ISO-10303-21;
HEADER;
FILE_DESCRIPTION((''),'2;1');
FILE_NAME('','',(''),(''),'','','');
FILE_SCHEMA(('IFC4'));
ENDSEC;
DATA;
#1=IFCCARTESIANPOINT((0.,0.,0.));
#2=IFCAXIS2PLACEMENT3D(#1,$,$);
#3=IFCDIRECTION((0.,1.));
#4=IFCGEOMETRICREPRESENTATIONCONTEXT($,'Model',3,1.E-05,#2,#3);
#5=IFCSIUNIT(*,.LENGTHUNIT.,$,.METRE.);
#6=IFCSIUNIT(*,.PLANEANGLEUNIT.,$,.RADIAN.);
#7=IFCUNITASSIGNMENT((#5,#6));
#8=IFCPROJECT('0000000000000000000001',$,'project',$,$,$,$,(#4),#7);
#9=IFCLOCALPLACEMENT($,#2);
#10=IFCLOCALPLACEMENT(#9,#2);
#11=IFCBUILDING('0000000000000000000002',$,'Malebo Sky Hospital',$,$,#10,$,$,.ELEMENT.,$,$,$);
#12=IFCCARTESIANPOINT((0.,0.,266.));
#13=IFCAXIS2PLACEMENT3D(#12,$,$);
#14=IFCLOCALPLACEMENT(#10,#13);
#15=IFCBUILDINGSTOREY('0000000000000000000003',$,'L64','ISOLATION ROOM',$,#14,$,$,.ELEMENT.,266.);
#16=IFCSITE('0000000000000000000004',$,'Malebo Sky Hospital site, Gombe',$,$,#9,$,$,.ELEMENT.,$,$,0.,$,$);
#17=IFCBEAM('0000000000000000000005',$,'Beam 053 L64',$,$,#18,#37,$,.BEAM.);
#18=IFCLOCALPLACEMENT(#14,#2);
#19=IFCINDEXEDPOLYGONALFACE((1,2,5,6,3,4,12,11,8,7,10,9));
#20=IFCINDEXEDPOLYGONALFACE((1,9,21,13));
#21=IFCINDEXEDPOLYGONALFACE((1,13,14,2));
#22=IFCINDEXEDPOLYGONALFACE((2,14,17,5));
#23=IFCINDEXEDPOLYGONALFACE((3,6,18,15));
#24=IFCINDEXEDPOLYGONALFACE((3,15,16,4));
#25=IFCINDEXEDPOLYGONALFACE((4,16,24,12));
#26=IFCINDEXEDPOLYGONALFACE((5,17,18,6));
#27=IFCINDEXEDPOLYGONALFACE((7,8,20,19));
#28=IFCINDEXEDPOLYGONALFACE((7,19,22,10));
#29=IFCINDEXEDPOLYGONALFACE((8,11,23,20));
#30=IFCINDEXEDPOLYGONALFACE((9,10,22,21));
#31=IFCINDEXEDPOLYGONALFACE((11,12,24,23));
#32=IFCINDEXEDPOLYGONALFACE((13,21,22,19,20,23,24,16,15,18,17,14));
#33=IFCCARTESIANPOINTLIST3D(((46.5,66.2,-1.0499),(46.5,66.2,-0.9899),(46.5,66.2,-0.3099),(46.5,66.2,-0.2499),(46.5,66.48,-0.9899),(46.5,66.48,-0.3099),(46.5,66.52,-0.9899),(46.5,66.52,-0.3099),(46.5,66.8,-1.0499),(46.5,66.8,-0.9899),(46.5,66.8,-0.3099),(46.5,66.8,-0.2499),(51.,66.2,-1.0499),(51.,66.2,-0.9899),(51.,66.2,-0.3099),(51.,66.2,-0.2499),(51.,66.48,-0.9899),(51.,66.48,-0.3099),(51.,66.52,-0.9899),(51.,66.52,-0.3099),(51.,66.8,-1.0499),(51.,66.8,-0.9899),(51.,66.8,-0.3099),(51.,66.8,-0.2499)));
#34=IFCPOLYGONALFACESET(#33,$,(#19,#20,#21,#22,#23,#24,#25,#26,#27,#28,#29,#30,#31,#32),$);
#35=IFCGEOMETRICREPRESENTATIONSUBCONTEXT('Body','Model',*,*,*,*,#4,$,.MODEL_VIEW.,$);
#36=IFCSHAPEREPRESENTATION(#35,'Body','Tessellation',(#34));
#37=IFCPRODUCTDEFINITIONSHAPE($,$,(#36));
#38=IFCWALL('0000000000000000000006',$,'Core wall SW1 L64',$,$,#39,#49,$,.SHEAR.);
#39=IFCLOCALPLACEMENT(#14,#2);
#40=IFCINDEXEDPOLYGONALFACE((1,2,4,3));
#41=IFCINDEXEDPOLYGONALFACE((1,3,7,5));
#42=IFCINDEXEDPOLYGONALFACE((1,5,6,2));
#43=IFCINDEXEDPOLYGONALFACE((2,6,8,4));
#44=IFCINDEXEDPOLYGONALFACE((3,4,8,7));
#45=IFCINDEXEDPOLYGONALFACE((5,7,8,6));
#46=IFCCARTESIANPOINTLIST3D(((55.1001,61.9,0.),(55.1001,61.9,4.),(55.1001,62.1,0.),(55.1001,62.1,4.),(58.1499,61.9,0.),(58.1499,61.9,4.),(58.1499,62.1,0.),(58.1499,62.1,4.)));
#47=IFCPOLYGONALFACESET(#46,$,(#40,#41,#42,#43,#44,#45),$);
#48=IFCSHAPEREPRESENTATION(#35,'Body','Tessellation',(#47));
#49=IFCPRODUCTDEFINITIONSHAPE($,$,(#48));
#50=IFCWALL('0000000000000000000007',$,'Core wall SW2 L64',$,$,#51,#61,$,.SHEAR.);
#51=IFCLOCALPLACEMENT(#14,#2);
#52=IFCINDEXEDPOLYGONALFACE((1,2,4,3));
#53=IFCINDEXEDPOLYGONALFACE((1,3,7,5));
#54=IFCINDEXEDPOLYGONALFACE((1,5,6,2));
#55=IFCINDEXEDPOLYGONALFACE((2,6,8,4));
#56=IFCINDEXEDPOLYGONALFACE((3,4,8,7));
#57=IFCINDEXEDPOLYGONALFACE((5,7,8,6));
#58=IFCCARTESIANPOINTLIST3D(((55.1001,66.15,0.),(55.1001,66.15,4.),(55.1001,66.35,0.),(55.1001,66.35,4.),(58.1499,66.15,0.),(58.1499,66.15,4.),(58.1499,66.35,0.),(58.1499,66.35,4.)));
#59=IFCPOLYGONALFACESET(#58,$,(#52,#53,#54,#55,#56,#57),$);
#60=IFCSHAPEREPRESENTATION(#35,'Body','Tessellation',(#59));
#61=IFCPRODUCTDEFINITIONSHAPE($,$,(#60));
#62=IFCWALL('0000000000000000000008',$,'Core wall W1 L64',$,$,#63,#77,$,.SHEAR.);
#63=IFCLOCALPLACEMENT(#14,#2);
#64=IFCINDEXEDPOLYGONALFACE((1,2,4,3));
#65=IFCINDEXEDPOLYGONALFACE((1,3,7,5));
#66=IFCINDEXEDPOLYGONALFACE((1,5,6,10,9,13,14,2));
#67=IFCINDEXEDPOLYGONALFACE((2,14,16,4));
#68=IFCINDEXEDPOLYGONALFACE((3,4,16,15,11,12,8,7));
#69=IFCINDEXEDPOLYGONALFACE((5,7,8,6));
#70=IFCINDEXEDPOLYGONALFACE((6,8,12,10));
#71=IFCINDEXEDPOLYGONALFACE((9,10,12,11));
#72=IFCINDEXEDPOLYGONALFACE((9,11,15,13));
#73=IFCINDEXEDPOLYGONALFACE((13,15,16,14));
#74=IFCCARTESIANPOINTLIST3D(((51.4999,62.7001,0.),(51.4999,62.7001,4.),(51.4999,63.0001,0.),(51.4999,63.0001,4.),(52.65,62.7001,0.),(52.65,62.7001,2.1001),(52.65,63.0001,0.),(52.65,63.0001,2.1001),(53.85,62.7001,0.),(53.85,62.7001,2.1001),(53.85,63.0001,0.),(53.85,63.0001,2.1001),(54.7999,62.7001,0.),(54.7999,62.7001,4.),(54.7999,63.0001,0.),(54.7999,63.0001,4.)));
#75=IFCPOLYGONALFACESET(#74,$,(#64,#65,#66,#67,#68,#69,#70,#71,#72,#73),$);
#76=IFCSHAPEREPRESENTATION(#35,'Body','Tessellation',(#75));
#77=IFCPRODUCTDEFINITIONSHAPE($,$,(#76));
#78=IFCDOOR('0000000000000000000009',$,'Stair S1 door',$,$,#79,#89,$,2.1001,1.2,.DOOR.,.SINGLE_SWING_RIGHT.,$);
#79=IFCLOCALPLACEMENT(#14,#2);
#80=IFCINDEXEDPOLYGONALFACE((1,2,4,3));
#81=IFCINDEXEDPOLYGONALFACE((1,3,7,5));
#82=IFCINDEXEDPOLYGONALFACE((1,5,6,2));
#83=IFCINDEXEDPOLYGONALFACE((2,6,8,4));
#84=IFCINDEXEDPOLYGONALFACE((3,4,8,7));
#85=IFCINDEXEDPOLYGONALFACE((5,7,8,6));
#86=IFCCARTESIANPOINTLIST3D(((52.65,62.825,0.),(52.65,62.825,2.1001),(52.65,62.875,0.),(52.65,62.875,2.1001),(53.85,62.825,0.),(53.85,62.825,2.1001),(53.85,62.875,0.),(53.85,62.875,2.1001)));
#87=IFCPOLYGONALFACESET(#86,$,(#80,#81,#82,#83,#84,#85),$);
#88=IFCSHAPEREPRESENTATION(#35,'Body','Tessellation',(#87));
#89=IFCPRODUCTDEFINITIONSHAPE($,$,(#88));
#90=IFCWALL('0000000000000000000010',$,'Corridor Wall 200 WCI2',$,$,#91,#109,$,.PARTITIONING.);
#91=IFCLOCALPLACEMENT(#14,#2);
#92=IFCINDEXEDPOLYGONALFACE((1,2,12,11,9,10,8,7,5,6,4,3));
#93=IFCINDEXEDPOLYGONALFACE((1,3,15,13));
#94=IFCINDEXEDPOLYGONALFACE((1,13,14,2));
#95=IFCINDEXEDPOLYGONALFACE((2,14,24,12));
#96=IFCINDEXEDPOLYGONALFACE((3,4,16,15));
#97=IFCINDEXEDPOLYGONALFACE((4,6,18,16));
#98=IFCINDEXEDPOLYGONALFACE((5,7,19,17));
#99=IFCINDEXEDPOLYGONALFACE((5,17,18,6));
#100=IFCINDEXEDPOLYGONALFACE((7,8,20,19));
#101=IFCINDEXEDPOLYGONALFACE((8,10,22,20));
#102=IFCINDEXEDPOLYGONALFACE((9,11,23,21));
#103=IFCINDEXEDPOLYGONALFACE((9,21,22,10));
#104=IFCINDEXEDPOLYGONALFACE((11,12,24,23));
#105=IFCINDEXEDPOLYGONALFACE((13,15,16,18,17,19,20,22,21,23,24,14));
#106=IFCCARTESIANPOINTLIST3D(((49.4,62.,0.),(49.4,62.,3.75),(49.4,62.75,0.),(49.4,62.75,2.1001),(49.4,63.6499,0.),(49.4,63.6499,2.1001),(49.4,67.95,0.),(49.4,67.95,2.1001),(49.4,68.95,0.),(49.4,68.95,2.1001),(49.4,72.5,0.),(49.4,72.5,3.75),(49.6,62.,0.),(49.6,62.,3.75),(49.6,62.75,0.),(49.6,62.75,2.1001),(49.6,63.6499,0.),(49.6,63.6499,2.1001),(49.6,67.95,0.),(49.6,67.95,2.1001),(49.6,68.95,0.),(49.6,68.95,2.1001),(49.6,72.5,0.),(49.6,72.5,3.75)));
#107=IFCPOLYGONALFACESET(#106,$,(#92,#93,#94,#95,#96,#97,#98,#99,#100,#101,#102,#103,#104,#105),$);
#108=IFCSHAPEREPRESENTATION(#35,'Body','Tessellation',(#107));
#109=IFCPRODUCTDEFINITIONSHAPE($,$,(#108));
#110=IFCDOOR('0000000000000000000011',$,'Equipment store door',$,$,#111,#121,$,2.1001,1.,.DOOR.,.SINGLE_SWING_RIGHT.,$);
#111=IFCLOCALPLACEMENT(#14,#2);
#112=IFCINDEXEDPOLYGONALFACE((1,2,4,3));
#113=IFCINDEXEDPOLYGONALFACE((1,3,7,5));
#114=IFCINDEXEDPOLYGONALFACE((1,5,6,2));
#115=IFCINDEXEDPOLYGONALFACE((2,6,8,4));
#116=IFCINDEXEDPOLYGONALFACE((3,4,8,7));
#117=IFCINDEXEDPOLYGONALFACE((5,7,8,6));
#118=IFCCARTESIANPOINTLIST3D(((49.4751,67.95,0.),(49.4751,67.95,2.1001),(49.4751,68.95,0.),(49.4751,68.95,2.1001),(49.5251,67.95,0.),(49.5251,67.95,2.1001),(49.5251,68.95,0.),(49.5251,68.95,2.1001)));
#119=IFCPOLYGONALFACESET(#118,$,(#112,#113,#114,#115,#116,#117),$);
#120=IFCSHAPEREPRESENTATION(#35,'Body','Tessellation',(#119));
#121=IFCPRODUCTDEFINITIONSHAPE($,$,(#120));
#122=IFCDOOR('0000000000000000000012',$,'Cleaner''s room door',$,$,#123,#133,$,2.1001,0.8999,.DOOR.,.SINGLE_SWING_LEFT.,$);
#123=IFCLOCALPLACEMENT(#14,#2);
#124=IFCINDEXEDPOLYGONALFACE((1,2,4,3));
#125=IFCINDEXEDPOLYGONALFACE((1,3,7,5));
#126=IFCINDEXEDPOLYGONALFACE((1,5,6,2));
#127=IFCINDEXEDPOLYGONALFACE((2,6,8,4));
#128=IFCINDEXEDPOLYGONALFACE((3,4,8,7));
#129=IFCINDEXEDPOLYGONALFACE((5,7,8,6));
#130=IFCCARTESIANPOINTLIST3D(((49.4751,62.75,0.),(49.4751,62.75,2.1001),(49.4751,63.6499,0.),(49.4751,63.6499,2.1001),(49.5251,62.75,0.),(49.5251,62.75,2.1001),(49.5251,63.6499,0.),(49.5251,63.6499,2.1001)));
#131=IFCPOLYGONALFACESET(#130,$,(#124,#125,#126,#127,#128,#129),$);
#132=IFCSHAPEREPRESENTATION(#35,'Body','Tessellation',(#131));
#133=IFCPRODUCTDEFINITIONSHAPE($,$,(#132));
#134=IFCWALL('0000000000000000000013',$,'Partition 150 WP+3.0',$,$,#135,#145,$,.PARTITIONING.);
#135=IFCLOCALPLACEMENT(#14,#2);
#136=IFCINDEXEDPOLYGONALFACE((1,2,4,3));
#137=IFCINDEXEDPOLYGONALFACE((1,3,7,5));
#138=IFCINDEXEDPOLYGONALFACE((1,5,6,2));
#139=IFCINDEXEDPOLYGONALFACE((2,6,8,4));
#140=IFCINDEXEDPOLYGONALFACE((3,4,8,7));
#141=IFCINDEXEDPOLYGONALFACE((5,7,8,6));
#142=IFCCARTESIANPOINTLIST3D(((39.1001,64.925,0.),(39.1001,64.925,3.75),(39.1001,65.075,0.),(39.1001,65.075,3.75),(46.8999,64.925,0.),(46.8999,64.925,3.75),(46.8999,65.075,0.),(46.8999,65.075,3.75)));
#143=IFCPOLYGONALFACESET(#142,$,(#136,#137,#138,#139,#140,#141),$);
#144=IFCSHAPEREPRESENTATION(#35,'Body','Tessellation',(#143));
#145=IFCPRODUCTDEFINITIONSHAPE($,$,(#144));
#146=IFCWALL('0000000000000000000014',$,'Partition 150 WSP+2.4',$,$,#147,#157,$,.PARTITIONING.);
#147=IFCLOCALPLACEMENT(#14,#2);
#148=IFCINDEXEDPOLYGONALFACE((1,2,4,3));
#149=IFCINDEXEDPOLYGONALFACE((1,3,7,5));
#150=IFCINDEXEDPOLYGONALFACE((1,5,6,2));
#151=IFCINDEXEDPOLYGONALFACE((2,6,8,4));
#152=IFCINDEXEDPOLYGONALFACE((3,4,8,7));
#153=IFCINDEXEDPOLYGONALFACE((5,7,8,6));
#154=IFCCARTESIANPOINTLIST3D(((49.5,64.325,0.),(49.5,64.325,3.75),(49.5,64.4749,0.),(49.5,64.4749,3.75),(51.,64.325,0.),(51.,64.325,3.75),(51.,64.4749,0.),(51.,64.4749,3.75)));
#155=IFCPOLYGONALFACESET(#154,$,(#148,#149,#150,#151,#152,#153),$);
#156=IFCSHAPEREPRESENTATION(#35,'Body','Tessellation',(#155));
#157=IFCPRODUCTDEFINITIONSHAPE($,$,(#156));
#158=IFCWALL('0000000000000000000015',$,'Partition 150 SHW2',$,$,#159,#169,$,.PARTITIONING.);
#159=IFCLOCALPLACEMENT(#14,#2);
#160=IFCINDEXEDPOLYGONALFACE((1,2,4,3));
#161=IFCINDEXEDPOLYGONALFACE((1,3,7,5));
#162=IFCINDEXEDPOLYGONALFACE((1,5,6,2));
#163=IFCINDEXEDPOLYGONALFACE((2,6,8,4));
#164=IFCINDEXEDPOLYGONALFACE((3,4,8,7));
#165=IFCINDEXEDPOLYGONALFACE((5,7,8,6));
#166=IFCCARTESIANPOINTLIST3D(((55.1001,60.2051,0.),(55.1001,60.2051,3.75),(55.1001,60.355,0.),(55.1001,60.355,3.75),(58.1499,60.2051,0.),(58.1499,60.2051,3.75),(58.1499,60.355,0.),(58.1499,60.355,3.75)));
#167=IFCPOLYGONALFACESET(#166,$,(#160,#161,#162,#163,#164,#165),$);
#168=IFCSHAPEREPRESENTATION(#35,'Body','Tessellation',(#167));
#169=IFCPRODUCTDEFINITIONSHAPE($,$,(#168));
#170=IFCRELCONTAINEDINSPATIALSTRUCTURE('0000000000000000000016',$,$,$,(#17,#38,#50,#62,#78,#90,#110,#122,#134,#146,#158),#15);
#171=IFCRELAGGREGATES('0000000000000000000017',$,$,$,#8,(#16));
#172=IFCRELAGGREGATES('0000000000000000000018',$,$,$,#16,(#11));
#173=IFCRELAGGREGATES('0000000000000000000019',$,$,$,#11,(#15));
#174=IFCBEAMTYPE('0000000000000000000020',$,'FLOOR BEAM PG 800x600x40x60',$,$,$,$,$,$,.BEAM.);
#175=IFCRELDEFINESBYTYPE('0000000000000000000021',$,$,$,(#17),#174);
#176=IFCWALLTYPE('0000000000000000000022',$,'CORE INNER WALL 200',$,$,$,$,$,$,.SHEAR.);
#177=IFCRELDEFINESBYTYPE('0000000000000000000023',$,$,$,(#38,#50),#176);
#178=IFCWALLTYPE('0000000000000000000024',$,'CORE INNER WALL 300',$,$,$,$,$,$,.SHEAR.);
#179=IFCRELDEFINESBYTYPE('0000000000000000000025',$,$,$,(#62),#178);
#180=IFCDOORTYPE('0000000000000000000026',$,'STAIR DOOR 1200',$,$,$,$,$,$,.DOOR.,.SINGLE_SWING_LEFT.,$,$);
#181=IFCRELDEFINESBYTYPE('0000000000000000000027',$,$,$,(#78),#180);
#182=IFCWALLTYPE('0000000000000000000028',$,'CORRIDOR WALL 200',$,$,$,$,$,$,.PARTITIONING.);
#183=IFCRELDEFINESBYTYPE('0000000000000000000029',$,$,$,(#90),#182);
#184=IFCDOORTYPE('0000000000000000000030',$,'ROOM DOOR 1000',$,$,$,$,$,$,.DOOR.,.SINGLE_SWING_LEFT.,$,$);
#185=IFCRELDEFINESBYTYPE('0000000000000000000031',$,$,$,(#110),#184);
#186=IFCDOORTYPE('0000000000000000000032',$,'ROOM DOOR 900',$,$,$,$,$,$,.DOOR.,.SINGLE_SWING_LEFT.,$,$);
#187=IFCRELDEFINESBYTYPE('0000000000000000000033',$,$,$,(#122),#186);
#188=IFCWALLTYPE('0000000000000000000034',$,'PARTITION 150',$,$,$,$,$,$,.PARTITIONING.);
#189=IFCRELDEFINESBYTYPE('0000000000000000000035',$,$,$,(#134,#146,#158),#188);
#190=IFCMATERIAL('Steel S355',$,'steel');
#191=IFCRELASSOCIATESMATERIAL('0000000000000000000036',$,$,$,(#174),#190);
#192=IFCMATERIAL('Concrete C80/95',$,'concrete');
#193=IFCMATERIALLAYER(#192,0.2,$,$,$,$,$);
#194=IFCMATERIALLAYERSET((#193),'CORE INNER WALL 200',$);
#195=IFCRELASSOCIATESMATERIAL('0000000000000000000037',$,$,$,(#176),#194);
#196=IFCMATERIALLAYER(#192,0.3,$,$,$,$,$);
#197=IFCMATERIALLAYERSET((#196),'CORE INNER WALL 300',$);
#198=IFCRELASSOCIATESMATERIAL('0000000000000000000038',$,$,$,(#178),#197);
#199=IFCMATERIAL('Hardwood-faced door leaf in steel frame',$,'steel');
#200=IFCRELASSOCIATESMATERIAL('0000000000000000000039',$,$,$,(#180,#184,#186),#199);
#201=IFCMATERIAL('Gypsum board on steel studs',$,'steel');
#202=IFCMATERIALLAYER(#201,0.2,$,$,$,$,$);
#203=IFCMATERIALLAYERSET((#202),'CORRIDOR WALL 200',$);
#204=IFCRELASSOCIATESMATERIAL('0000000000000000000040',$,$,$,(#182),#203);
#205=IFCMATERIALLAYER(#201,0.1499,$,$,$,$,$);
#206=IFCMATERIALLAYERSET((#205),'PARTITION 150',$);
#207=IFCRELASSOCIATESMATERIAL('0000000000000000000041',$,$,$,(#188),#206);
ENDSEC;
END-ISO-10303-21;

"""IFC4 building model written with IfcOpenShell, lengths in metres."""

from ifc_helpers import new_model, si_unit, direction, frame, frame_2d, origin, origin_2d, place, context, subcontext, project, spatial, rectangle, i_section, extrude, material, layer, layer_set, material_profile, profile_set, type_object, element, fill, save


model = new_model("IFC4")

# Units and contexts
model_context = context("Model", 3, precision=1e-05, world=origin(), true_north=direction((0.0, 1.0)))
body_context = subcontext(model_context, "Body", "Model", "MODEL_VIEW")
ifc_project = project(units=[si_unit("LENGTHUNIT", "METRE"), si_unit("PLANEANGLEUNIT", "RADIAN")], contexts=[model_context])

# Site, building, storey
site_placement = place(None, origin())
site = spatial("IfcSite", under=ifc_project, at=site_placement, Name="Malebo Sky Hospital site, Gombe", CompositionType="ELEMENT", RefElevation=0.0)
building_placement = place(site_placement, origin())
building = spatial("IfcBuilding", under=site, at=building_placement, Name="Malebo Sky Hospital", CompositionType="ELEMENT")
storey_placement = place(building_placement, frame((0.0, 0.0, 266.0)))
storey = spatial("IfcBuildingStorey", under=building, at=storey_placement, Name="L64", Description="ISOLATION ROOM", CompositionType="ELEMENT", Elevation=266.0)

# Beam
ifc_material_1 = material(Name="Steel S355", Category="steel")
ifc_material_profile = material_profile(ifc_material_1, i_section(OverallWidth=0.6001, OverallDepth=0.8, WebThickness=0.04, FlangeThickness=0.0601, at=origin_2d()), Name="PG 800x600x40x60")
ifc_profile_set = profile_set([ifc_material_profile], Name="Steel S355")
beam_type = type_object("IfcBeamType", Name="FLOOR BEAM PG 800x600x40x60", PredefinedType="BEAM", material=ifc_profile_set)
beam_placement = place(storey_placement, frame((46.5, 66.5, -0.6499), z_axis=(1.0, 0.0, 0.0), x_axis=(0.0, 1.0, 0.0)))
element("IfcBeam", 1, at=beam_placement, inside=storey, type_object=beam_type, Name="Beam 053 L64", PredefinedType="BEAM", context=body_context, shape_type="SweptSolid", body=[
    extrude(i_section(OverallWidth=0.6001, OverallDepth=0.8, WebThickness=0.04, FlangeThickness=0.0601, at=origin_2d()), origin(), (0.0, 0.0, 1.0), 4.5),
])

# Walls
ifc_material_2 = material(Name="Concrete C80/95", Category="concrete")
ifc_layer_1 = layer(ifc_material_2, 0.2)
ifc_layer_set_1 = layer_set([ifc_layer_1], Name="CORE INNER WALL 200")
wall_type_1 = type_object("IfcWallType", Name="CORE INNER WALL 200", PredefinedType="SHEAR", material=ifc_layer_set_1)
for number, where, z_axis, x_axis, name in (
    (2, (55.1001, 62.0, 0.0), (0.0, 0.0, 1.0), (1.0, 0.0, 0.0), "Core wall SW1 L64"),
    (3, (55.1001, 66.25, 0.0), (0.0, 0.0, 1.0), (1.0, 0.0, 0.0), "Core wall SW2 L64"),
):
    element("IfcWall", number, at=place(storey_placement, frame(where, z_axis=z_axis, x_axis=x_axis)), inside=storey, type_object=wall_type_1, Name=name, PredefinedType="SHEAR", context=body_context, shape_type="SweptSolid", body=[
        extrude(rectangle(XDim=3.0498, YDim=0.2, at=frame_2d((1.5249, 0.0))), origin(), (0.0, 0.0, 1.0), 4.0),
    ])

# Wall, opening, door
ifc_layer_2 = layer(ifc_material_2, 0.3)
ifc_layer_set_2 = layer_set([ifc_layer_2], Name="CORE INNER WALL 300")
wall_type_2 = type_object("IfcWallType", Name="CORE INNER WALL 300", PredefinedType="SHEAR", material=ifc_layer_set_2)
wall_1_placement = place(storey_placement, frame((51.5, 62.8501, 0.0), z_axis=(0.0, 0.0, 1.0), x_axis=(1.0, 0.0, 0.0)))
wall_1 = element("IfcWall", 4, at=wall_1_placement, inside=storey, type_object=wall_type_2, Name="Core wall W1 L64", PredefinedType="SHEAR", context=body_context, shape_type="SweptSolid", body=[
    extrude(rectangle(XDim=3.3, YDim=0.3, at=frame_2d((1.6499, 0.0))), origin(), (0.0, 0.0, 1.0), 4.0),
])
opening_1_placement = place(wall_1_placement, frame((1.1499, 0.0, 0.0)))
opening_1 = element("IfcOpeningElement", 5, at=opening_1_placement, cuts=wall_1, PredefinedType="OPENING", context=body_context, shape_type="SweptSolid", body=[
    extrude(rectangle(XDim=1.2, YDim=2.1001, at=frame_2d((0.6001, 1.05))), frame((0.0, 0.1599, 0.0), z_axis=(0.0, -1.0, 0.0), x_axis=(1.0, 0.0, 0.0)), (0.0, 0.0, 1.0), 0.3201),
])
ifc_material_3 = material(Name="Hardwood-faced door leaf in steel frame", Category="steel")
door_type_1 = type_object("IfcDoorType", Name="STAIR DOOR 1200", OperationType="SINGLE_SWING_LEFT", PredefinedType="DOOR", material=ifc_material_3)
door_1_placement = place(opening_1_placement, origin())
door_1 = element("IfcDoor", 6, at=door_1_placement, inside=storey, type_object=door_type_1, Name="Stair S1 door", OperationType="SINGLE_SWING_RIGHT", OverallHeight=2.1001, OverallWidth=1.2, PredefinedType="DOOR", context=body_context, shape_type="SweptSolid", body=[
    extrude(rectangle(XDim=1.2, YDim=2.1001, at=frame_2d((0.6001, 1.05))), frame((0.0, 0.0249, 0.0), z_axis=(0.0, -1.0, 0.0), x_axis=(1.0, 0.0, 0.0)), (0.0, 0.0, 1.0), 0.05),
])
fill(opening_1, door_1)

# Wall, openings, doors
ifc_material_4 = material(Name="Gypsum board on steel studs", Category="steel")
ifc_layer_3 = layer(ifc_material_4, 0.2)
ifc_layer_set_3 = layer_set([ifc_layer_3], Name="CORRIDOR WALL 200")
wall_type_3 = type_object("IfcWallType", Name="CORRIDOR WALL 200", PredefinedType="PARTITIONING", material=ifc_layer_set_3)
wall_2_placement = place(storey_placement, frame((49.5, 62.0, 0.0), z_axis=(0.0, 0.0, 1.0), x_axis=(0.0, 1.0, 0.0)))
wall_2 = element("IfcWall", 7, at=wall_2_placement, inside=storey, type_object=wall_type_3, Name="Corridor Wall 200 WCI2", PredefinedType="PARTITIONING", context=body_context, shape_type="SweptSolid", body=[
    extrude(rectangle(XDim=10.5, YDim=0.2, at=frame_2d((5.25, 0.0))), origin(), (0.0, 0.0, 1.0), 3.75),
])
opening_2_placement = place(wall_2_placement, frame((0.75, 0.0, 0.0)))
opening_2 = element("IfcOpeningElement", 8, at=opening_2_placement, cuts=wall_2, PredefinedType="OPENING", context=body_context, shape_type="SweptSolid", body=[
    extrude(rectangle(XDim=0.8999, YDim=2.1001, at=frame_2d((0.45, 1.05))), frame((0.0, 0.1099, 0.0), z_axis=(0.0, -1.0, 0.0), x_axis=(1.0, 0.0, 0.0)), (0.0, 0.0, 1.0), 0.22),
])
opening_3_placement = place(wall_2_placement, frame((5.95, 0.0, 0.0)))
opening_3 = element("IfcOpeningElement", 9, at=opening_3_placement, cuts=wall_2, PredefinedType="OPENING", context=body_context, shape_type="SweptSolid", body=[
    extrude(rectangle(XDim=1.0, YDim=2.1001, at=frame_2d((0.5, 1.05))), frame((0.0, 0.1099, 0.0), z_axis=(0.0, -1.0, 0.0), x_axis=(1.0, 0.0, 0.0)), (0.0, 0.0, 1.0), 0.22),
])
door_type_2 = type_object("IfcDoorType", Name="ROOM DOOR 1000", OperationType="SINGLE_SWING_LEFT", PredefinedType="DOOR", material=ifc_material_3)
door_2_placement = place(opening_3_placement, origin())
door_2 = element("IfcDoor", 10, at=door_2_placement, inside=storey, type_object=door_type_2, Name="Equipment store door", OperationType="SINGLE_SWING_RIGHT", OverallHeight=2.1001, OverallWidth=1.0, PredefinedType="DOOR", context=body_context, shape_type="SweptSolid", body=[
    extrude(rectangle(XDim=1.0, YDim=2.1001, at=frame_2d((0.5, 1.05))), frame((0.0, 0.0249, 0.0), z_axis=(0.0, -1.0, 0.0), x_axis=(1.0, 0.0, 0.0)), (0.0, 0.0, 1.0), 0.05),
])
fill(opening_3, door_2)
door_type_3 = type_object("IfcDoorType", Name="ROOM DOOR 900", OperationType="SINGLE_SWING_LEFT", PredefinedType="DOOR", material=ifc_material_3)
door_3_placement = place(opening_2_placement, origin())
door_3 = element("IfcDoor", 11, at=door_3_placement, inside=storey, type_object=door_type_3, Name="Cleaner's room door", OperationType="SINGLE_SWING_LEFT", OverallHeight=2.1001, OverallWidth=0.8999, PredefinedType="DOOR", context=body_context, shape_type="SweptSolid", body=[
    extrude(rectangle(XDim=0.8999, YDim=2.1001, at=frame_2d((0.45, 1.05))), frame((0.0, 0.0249, 0.0), z_axis=(0.0, -1.0, 0.0), x_axis=(1.0, 0.0, 0.0)), (0.0, 0.0, 1.0), 0.05),
])
fill(opening_2, door_3)

# Walls
ifc_layer_4 = layer(ifc_material_4, 0.1499)
ifc_layer_set_4 = layer_set([ifc_layer_4], Name="PARTITION 150")
wall_type_4 = type_object("IfcWallType", Name="PARTITION 150", PredefinedType="PARTITIONING", material=ifc_layer_set_4)
wall_3_placement = place(storey_placement, frame((46.8999, 65.0, 0.0), z_axis=(0.0, 0.0, 1.0), x_axis=(-1.0, 0.0, 0.0)))
element("IfcWall", 12, at=wall_3_placement, inside=storey, type_object=wall_type_4, Name="Partition 150 WP+3.0", PredefinedType="PARTITIONING", context=body_context, shape_type="SweptSolid", body=[
    extrude(rectangle(XDim=7.7998, YDim=0.1499, at=frame_2d((3.8999, 0.0))), origin(), (0.0, 0.0, 1.0), 3.75),
])
wall_4_placement = place(storey_placement, frame((51.0, 64.3999, 0.0), z_axis=(0.0, 0.0, 1.0), x_axis=(-1.0, 0.0, 0.0)))
element("IfcWall", 13, at=wall_4_placement, inside=storey, type_object=wall_type_4, Name="Partition 150 WSP+2.4", PredefinedType="PARTITIONING", context=body_context, shape_type="SweptSolid", body=[
    extrude(rectangle(XDim=1.5, YDim=0.1499, at=frame_2d((0.75, 0.0))), origin(), (0.0, 0.0, 1.0), 3.75),
])
wall_5_placement = place(storey_placement, frame((55.1001, 60.28, 0.0), z_axis=(0.0, 0.0, 1.0), x_axis=(1.0, 0.0, 0.0)))
element("IfcWall", 14, at=wall_5_placement, inside=storey, type_object=wall_type_4, Name="Partition 150 SHW2", PredefinedType="PARTITIONING", context=body_context, shape_type="SweptSolid", body=[
    extrude(rectangle(XDim=3.0498, YDim=0.1499, at=frame_2d((1.5249, 0.0))), origin(), (0.0, 0.0, 1.0), 3.75),
])

save(model, "model.ifc")
